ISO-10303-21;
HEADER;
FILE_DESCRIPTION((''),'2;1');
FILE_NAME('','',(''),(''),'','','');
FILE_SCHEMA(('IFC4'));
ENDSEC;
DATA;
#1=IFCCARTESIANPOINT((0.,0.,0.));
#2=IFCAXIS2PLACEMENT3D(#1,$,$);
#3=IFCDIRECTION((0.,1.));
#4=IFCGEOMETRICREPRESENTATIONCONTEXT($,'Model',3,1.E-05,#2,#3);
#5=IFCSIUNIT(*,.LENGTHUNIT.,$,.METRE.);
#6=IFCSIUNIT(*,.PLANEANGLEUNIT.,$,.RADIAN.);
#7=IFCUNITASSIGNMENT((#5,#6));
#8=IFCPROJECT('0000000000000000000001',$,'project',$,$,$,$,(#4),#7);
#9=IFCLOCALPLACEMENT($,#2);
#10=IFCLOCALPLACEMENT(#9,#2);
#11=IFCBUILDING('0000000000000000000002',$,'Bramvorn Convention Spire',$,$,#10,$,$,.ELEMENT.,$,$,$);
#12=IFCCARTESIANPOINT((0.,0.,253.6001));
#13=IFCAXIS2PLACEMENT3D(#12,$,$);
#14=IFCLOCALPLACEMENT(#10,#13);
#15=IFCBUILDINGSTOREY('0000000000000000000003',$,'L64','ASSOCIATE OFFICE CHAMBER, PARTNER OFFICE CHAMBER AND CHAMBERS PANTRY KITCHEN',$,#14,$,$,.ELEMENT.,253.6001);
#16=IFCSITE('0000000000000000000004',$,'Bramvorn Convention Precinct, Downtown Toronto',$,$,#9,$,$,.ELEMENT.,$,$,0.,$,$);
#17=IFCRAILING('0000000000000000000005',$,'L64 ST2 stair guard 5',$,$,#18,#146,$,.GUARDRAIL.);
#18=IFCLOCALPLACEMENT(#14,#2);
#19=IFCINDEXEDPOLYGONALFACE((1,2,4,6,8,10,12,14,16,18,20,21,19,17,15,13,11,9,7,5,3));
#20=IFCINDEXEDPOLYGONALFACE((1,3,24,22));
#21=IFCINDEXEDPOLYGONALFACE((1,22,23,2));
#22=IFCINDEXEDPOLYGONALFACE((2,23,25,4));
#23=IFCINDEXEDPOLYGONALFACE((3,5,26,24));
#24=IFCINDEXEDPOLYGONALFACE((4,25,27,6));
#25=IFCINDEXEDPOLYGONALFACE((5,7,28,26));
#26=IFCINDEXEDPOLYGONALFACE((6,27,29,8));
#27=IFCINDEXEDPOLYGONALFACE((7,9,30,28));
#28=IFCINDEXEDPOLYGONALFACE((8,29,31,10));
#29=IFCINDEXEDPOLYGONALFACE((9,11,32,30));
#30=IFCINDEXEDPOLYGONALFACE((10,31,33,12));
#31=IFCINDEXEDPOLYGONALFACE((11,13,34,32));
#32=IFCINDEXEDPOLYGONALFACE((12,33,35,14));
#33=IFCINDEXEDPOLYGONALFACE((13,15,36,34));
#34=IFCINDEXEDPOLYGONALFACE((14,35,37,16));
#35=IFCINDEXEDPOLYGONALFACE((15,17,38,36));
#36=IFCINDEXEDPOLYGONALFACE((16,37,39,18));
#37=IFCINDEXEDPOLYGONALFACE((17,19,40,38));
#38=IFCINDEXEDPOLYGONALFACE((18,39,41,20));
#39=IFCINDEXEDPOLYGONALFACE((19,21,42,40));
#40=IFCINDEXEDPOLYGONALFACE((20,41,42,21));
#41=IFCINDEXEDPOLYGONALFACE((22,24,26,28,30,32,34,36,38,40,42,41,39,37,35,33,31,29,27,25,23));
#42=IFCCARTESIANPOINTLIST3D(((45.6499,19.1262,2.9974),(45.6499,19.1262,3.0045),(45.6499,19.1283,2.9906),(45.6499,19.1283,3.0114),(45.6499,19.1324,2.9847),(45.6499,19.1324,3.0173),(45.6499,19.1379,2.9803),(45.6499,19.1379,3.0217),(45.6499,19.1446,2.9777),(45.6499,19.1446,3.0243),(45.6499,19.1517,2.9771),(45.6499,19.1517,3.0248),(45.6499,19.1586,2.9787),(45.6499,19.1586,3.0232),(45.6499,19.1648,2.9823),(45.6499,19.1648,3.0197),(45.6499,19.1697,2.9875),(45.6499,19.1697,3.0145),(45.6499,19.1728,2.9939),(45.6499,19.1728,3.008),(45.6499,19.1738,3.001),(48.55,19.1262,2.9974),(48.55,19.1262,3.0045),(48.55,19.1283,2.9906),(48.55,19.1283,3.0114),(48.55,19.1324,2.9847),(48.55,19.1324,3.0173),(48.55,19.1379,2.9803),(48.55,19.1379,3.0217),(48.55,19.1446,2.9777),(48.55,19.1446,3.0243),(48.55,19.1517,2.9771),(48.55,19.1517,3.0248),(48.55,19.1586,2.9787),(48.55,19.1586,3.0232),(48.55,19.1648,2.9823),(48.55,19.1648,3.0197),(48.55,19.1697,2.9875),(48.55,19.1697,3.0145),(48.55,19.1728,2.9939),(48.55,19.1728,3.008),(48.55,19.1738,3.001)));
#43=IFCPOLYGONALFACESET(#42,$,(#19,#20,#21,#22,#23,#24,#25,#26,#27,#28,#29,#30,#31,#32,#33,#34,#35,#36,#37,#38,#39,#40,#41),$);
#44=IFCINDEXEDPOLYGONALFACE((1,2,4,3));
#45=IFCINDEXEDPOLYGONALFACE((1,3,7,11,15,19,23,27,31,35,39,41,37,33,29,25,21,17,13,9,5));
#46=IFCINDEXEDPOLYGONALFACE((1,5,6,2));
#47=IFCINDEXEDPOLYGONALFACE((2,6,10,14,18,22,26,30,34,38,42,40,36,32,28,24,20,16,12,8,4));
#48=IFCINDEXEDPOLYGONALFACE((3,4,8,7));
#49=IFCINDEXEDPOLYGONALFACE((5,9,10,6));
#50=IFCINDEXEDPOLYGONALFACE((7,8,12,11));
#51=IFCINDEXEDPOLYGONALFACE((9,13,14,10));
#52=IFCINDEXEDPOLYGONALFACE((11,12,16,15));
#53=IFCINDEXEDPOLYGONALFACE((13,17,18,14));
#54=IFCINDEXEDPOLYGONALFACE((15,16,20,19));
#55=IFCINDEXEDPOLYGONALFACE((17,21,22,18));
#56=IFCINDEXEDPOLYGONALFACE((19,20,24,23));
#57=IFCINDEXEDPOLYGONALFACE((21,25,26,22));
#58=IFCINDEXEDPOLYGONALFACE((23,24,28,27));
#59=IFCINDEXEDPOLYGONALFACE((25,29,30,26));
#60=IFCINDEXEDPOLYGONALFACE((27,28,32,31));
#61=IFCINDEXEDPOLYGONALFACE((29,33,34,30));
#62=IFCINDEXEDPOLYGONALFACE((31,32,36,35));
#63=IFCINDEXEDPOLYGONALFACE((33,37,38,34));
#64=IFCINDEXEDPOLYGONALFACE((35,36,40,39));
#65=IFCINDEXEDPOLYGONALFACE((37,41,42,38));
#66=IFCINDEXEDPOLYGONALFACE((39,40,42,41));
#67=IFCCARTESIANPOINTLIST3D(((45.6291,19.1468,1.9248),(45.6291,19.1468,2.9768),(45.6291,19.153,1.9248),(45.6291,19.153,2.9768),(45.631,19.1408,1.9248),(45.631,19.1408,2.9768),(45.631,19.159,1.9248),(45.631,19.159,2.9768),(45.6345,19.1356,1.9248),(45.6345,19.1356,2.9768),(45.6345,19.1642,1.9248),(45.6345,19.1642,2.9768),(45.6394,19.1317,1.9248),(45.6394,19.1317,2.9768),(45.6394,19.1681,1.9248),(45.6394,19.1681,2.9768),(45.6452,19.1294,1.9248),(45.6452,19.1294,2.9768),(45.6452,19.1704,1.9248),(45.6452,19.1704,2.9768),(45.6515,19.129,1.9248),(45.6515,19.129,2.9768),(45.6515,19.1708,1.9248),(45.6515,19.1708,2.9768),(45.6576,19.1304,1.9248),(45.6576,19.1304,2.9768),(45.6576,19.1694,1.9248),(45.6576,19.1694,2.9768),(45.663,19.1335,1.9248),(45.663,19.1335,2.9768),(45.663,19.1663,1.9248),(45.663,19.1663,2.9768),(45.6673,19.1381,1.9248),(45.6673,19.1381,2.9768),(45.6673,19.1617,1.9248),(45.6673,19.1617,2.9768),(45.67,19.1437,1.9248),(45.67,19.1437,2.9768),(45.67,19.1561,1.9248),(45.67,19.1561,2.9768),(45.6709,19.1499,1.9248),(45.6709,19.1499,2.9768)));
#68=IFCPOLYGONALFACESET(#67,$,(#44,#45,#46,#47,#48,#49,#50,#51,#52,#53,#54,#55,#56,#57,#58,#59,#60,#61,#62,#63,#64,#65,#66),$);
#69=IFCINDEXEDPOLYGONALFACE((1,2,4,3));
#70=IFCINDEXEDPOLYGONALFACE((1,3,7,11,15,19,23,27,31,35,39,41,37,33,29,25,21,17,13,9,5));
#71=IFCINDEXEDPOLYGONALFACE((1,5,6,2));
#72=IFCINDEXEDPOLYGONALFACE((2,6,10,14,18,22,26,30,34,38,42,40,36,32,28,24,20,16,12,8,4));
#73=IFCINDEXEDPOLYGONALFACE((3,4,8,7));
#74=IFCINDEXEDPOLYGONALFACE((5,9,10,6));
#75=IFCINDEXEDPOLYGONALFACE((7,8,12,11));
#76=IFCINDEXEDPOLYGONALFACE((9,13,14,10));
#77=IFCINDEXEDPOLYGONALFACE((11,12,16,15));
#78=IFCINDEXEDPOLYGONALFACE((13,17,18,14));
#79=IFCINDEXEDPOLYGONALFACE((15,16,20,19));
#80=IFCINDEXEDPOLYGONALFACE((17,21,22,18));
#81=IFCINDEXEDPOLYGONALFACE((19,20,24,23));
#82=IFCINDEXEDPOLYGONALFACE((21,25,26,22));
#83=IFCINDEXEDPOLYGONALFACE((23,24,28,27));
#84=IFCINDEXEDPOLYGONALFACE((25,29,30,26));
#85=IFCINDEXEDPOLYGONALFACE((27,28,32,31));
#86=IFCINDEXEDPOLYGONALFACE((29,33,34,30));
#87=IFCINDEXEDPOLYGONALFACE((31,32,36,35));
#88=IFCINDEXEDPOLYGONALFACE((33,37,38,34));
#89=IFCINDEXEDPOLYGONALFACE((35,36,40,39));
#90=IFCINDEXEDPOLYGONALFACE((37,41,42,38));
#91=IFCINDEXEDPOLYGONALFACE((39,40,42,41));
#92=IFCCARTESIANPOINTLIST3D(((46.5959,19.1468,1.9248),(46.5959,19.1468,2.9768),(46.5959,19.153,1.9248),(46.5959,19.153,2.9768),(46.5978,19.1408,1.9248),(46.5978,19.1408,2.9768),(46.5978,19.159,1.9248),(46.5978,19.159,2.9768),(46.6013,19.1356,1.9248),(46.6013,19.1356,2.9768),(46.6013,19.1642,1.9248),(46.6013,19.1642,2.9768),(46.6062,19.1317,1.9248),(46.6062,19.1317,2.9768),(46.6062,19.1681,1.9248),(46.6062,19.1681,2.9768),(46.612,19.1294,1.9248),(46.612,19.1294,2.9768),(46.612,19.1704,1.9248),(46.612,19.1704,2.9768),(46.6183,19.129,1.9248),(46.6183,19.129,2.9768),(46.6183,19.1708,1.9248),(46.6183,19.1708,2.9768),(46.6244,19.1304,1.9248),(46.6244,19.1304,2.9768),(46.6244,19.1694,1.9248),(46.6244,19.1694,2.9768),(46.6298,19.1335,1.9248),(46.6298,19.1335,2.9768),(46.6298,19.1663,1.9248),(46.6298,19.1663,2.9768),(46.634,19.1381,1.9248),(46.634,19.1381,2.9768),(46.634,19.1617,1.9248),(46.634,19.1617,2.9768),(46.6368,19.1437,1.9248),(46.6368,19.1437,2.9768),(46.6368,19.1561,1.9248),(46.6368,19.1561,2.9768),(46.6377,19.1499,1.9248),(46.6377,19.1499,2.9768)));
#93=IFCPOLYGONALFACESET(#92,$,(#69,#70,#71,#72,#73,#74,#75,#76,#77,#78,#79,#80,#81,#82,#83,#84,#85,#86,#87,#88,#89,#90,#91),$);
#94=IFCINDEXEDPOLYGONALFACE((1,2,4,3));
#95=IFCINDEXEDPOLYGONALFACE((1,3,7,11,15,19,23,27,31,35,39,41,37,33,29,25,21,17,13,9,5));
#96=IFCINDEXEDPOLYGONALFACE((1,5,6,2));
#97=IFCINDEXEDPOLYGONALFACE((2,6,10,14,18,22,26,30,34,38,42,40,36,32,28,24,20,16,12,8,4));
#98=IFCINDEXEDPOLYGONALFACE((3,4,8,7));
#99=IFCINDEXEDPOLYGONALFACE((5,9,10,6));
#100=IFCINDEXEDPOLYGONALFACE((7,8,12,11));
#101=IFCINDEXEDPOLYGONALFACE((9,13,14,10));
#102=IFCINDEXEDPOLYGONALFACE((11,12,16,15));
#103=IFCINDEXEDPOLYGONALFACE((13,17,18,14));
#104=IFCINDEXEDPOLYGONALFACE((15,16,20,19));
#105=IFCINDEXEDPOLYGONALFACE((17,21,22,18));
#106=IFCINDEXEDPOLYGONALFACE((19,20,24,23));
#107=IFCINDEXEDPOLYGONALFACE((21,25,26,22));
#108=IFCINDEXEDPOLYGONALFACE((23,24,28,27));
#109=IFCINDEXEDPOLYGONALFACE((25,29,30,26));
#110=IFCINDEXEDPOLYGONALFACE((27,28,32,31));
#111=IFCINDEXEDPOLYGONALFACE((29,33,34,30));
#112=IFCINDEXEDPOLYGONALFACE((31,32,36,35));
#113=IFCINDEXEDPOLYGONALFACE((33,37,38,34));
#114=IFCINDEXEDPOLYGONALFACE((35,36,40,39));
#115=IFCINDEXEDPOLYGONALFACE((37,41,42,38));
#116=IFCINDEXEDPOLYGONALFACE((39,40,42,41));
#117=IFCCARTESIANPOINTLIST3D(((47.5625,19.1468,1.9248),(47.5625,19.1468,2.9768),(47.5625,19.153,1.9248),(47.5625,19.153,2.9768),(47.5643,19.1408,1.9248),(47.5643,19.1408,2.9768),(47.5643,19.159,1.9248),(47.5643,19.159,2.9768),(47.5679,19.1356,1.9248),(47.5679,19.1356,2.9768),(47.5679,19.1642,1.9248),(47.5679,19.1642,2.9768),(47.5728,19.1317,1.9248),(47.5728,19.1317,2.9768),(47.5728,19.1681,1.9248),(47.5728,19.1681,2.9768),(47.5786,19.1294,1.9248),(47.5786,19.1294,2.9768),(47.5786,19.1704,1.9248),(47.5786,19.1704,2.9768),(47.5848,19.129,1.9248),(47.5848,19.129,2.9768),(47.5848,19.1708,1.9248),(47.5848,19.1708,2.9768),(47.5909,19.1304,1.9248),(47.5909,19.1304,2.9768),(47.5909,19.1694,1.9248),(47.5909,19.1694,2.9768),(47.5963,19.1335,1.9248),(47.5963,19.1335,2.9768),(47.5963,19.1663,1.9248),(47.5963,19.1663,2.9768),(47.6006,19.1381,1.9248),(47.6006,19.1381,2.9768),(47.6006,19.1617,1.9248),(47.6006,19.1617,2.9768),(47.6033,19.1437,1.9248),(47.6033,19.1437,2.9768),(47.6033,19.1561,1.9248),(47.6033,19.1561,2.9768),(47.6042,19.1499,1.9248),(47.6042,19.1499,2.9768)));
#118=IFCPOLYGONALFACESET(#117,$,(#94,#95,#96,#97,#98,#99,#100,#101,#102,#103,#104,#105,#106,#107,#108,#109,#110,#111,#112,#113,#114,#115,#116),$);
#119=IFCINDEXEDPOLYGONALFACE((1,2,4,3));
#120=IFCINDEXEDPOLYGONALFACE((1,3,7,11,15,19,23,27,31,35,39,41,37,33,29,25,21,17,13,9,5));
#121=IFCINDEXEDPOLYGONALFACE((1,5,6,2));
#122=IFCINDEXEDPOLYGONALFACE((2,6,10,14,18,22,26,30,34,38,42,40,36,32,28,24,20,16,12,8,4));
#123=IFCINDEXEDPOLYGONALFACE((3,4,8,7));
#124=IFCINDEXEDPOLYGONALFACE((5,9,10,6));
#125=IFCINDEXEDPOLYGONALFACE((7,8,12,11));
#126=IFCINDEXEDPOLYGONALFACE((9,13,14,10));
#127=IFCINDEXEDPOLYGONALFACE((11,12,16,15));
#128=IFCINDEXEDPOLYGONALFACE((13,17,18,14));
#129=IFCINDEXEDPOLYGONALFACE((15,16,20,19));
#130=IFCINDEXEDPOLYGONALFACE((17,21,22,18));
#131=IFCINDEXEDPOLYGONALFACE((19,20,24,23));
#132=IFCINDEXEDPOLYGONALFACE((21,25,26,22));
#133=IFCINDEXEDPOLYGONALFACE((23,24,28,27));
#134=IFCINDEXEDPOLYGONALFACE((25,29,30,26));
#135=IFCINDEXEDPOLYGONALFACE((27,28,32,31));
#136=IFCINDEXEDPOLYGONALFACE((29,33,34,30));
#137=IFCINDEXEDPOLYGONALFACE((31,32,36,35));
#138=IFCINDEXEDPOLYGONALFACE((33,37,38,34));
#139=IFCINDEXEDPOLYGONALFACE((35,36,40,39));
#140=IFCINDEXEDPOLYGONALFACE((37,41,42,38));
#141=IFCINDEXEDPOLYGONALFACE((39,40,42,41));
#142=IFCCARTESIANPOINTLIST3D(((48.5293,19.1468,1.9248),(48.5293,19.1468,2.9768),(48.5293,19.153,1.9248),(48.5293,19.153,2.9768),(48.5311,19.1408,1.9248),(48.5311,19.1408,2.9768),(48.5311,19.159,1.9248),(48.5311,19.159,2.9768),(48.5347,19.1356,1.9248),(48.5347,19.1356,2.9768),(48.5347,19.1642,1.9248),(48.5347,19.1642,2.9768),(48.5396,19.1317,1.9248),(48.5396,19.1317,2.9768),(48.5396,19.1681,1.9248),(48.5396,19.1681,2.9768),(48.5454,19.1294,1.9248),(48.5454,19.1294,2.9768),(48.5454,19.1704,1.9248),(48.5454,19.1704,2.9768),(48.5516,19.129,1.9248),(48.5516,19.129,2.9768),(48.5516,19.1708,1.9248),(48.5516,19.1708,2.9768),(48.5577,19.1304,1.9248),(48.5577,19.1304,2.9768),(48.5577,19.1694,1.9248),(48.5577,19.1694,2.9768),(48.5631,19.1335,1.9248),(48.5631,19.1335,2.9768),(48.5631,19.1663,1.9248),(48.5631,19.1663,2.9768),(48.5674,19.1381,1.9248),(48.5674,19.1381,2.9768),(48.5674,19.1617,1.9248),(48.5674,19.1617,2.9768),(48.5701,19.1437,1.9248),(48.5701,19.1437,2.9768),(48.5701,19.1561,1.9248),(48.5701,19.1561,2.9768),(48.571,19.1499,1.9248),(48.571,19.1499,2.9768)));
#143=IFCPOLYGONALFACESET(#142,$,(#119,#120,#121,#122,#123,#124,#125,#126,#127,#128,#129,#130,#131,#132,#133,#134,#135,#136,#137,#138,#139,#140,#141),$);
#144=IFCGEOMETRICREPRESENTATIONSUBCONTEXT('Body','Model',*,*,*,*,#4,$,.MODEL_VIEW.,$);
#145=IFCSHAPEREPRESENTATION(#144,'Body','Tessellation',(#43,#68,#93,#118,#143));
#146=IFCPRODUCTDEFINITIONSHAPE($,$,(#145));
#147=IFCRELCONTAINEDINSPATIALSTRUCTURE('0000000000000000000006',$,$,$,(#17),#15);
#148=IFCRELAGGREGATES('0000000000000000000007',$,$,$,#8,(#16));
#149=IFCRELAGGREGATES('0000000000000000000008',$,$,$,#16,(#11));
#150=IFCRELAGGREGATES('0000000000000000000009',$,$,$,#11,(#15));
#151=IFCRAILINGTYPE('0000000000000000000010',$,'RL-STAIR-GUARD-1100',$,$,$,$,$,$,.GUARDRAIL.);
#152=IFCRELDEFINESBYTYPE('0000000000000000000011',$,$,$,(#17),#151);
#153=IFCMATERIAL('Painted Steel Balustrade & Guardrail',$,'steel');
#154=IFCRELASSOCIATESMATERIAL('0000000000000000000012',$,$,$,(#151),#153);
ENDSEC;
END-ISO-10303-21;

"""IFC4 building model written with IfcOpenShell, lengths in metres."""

from ifc_helpers import new_model, si_unit, direction, frame, origin, origin_2d, place, context, subcontext, project, spatial, circle, extrude, material, type_object, element, save


model = new_model("IFC4")

# Units and contexts
model_context = context("Model", 3, precision=1e-05, world=origin(), true_north=direction((0.0, 1.0)))
body_context = subcontext(model_context, "Body", "Model", "MODEL_VIEW")
ifc_project = project(units=[si_unit("LENGTHUNIT", "METRE"), si_unit("PLANEANGLEUNIT", "RADIAN")], contexts=[model_context])

# Site, building, storey
site_placement = place(None, origin())
site = spatial("IfcSite", under=ifc_project, at=site_placement, Name="Bramvorn Convention Precinct, Downtown Toronto", CompositionType="ELEMENT", RefElevation=0.0)
building_placement = place(site_placement, origin())
building = spatial("IfcBuilding", under=site, at=building_placement, Name="Bramvorn Convention Spire", CompositionType="ELEMENT")
storey_placement = place(building_placement, frame((0.0, 0.0, 253.6001)))
storey = spatial("IfcBuildingStorey", under=building, at=storey_placement, Name="L64", Description="ASSOCIATE OFFICE CHAMBER, PARTNER OFFICE CHAMBER AND CHAMBERS PANTRY KITCHEN", CompositionType="ELEMENT", Elevation=253.6001)

# Railing
ifc_material_1 = material(Name="Painted Steel Balustrade & Guardrail", Category="steel")
railing_type_1 = type_object("IfcRailingType", Name="RL-STAIR-GUARD-1100", PredefinedType="GUARDRAIL", material=ifc_material_1)
railing_1_placement = place(storey_placement, frame((45.6499, 19.1499, 1.9248)))
element("IfcRailing", 1, at=railing_1_placement, inside=storey, type_object=railing_type_1, Name="L64 ST2 stair guard 5", PredefinedType="GUARDRAIL", context=body_context, shape_type="SweptSolid", body=[
    extrude(circle(Radius=0.0239, at=origin_2d()), frame((0.0, 0.0, 1.0762), z_axis=(1.0, 0.0, 0.0), x_axis=(0.0, 1.0, 0.0)), (0.0, 0.0, 1.0), 2.9001),
    extrude(circle(Radius=0.021, at=origin_2d()), origin(), (0.0, 0.0, 1.0), 1.052),
    extrude(circle(Radius=0.021, at=origin_2d()), frame((0.9668, 0.0, 0.0)), (0.0, 0.0, 1.0), 1.052),
    extrude(circle(Radius=0.021, at=origin_2d()), frame((1.9333, 0.0, 0.0)), (0.0, 0.0, 1.0), 1.052),
    extrude(circle(Radius=0.021, at=origin_2d()), frame((2.9001, 0.0, 0.0)), (0.0, 0.0, 1.0), 1.052),
])

save(model, "model.ifc")
